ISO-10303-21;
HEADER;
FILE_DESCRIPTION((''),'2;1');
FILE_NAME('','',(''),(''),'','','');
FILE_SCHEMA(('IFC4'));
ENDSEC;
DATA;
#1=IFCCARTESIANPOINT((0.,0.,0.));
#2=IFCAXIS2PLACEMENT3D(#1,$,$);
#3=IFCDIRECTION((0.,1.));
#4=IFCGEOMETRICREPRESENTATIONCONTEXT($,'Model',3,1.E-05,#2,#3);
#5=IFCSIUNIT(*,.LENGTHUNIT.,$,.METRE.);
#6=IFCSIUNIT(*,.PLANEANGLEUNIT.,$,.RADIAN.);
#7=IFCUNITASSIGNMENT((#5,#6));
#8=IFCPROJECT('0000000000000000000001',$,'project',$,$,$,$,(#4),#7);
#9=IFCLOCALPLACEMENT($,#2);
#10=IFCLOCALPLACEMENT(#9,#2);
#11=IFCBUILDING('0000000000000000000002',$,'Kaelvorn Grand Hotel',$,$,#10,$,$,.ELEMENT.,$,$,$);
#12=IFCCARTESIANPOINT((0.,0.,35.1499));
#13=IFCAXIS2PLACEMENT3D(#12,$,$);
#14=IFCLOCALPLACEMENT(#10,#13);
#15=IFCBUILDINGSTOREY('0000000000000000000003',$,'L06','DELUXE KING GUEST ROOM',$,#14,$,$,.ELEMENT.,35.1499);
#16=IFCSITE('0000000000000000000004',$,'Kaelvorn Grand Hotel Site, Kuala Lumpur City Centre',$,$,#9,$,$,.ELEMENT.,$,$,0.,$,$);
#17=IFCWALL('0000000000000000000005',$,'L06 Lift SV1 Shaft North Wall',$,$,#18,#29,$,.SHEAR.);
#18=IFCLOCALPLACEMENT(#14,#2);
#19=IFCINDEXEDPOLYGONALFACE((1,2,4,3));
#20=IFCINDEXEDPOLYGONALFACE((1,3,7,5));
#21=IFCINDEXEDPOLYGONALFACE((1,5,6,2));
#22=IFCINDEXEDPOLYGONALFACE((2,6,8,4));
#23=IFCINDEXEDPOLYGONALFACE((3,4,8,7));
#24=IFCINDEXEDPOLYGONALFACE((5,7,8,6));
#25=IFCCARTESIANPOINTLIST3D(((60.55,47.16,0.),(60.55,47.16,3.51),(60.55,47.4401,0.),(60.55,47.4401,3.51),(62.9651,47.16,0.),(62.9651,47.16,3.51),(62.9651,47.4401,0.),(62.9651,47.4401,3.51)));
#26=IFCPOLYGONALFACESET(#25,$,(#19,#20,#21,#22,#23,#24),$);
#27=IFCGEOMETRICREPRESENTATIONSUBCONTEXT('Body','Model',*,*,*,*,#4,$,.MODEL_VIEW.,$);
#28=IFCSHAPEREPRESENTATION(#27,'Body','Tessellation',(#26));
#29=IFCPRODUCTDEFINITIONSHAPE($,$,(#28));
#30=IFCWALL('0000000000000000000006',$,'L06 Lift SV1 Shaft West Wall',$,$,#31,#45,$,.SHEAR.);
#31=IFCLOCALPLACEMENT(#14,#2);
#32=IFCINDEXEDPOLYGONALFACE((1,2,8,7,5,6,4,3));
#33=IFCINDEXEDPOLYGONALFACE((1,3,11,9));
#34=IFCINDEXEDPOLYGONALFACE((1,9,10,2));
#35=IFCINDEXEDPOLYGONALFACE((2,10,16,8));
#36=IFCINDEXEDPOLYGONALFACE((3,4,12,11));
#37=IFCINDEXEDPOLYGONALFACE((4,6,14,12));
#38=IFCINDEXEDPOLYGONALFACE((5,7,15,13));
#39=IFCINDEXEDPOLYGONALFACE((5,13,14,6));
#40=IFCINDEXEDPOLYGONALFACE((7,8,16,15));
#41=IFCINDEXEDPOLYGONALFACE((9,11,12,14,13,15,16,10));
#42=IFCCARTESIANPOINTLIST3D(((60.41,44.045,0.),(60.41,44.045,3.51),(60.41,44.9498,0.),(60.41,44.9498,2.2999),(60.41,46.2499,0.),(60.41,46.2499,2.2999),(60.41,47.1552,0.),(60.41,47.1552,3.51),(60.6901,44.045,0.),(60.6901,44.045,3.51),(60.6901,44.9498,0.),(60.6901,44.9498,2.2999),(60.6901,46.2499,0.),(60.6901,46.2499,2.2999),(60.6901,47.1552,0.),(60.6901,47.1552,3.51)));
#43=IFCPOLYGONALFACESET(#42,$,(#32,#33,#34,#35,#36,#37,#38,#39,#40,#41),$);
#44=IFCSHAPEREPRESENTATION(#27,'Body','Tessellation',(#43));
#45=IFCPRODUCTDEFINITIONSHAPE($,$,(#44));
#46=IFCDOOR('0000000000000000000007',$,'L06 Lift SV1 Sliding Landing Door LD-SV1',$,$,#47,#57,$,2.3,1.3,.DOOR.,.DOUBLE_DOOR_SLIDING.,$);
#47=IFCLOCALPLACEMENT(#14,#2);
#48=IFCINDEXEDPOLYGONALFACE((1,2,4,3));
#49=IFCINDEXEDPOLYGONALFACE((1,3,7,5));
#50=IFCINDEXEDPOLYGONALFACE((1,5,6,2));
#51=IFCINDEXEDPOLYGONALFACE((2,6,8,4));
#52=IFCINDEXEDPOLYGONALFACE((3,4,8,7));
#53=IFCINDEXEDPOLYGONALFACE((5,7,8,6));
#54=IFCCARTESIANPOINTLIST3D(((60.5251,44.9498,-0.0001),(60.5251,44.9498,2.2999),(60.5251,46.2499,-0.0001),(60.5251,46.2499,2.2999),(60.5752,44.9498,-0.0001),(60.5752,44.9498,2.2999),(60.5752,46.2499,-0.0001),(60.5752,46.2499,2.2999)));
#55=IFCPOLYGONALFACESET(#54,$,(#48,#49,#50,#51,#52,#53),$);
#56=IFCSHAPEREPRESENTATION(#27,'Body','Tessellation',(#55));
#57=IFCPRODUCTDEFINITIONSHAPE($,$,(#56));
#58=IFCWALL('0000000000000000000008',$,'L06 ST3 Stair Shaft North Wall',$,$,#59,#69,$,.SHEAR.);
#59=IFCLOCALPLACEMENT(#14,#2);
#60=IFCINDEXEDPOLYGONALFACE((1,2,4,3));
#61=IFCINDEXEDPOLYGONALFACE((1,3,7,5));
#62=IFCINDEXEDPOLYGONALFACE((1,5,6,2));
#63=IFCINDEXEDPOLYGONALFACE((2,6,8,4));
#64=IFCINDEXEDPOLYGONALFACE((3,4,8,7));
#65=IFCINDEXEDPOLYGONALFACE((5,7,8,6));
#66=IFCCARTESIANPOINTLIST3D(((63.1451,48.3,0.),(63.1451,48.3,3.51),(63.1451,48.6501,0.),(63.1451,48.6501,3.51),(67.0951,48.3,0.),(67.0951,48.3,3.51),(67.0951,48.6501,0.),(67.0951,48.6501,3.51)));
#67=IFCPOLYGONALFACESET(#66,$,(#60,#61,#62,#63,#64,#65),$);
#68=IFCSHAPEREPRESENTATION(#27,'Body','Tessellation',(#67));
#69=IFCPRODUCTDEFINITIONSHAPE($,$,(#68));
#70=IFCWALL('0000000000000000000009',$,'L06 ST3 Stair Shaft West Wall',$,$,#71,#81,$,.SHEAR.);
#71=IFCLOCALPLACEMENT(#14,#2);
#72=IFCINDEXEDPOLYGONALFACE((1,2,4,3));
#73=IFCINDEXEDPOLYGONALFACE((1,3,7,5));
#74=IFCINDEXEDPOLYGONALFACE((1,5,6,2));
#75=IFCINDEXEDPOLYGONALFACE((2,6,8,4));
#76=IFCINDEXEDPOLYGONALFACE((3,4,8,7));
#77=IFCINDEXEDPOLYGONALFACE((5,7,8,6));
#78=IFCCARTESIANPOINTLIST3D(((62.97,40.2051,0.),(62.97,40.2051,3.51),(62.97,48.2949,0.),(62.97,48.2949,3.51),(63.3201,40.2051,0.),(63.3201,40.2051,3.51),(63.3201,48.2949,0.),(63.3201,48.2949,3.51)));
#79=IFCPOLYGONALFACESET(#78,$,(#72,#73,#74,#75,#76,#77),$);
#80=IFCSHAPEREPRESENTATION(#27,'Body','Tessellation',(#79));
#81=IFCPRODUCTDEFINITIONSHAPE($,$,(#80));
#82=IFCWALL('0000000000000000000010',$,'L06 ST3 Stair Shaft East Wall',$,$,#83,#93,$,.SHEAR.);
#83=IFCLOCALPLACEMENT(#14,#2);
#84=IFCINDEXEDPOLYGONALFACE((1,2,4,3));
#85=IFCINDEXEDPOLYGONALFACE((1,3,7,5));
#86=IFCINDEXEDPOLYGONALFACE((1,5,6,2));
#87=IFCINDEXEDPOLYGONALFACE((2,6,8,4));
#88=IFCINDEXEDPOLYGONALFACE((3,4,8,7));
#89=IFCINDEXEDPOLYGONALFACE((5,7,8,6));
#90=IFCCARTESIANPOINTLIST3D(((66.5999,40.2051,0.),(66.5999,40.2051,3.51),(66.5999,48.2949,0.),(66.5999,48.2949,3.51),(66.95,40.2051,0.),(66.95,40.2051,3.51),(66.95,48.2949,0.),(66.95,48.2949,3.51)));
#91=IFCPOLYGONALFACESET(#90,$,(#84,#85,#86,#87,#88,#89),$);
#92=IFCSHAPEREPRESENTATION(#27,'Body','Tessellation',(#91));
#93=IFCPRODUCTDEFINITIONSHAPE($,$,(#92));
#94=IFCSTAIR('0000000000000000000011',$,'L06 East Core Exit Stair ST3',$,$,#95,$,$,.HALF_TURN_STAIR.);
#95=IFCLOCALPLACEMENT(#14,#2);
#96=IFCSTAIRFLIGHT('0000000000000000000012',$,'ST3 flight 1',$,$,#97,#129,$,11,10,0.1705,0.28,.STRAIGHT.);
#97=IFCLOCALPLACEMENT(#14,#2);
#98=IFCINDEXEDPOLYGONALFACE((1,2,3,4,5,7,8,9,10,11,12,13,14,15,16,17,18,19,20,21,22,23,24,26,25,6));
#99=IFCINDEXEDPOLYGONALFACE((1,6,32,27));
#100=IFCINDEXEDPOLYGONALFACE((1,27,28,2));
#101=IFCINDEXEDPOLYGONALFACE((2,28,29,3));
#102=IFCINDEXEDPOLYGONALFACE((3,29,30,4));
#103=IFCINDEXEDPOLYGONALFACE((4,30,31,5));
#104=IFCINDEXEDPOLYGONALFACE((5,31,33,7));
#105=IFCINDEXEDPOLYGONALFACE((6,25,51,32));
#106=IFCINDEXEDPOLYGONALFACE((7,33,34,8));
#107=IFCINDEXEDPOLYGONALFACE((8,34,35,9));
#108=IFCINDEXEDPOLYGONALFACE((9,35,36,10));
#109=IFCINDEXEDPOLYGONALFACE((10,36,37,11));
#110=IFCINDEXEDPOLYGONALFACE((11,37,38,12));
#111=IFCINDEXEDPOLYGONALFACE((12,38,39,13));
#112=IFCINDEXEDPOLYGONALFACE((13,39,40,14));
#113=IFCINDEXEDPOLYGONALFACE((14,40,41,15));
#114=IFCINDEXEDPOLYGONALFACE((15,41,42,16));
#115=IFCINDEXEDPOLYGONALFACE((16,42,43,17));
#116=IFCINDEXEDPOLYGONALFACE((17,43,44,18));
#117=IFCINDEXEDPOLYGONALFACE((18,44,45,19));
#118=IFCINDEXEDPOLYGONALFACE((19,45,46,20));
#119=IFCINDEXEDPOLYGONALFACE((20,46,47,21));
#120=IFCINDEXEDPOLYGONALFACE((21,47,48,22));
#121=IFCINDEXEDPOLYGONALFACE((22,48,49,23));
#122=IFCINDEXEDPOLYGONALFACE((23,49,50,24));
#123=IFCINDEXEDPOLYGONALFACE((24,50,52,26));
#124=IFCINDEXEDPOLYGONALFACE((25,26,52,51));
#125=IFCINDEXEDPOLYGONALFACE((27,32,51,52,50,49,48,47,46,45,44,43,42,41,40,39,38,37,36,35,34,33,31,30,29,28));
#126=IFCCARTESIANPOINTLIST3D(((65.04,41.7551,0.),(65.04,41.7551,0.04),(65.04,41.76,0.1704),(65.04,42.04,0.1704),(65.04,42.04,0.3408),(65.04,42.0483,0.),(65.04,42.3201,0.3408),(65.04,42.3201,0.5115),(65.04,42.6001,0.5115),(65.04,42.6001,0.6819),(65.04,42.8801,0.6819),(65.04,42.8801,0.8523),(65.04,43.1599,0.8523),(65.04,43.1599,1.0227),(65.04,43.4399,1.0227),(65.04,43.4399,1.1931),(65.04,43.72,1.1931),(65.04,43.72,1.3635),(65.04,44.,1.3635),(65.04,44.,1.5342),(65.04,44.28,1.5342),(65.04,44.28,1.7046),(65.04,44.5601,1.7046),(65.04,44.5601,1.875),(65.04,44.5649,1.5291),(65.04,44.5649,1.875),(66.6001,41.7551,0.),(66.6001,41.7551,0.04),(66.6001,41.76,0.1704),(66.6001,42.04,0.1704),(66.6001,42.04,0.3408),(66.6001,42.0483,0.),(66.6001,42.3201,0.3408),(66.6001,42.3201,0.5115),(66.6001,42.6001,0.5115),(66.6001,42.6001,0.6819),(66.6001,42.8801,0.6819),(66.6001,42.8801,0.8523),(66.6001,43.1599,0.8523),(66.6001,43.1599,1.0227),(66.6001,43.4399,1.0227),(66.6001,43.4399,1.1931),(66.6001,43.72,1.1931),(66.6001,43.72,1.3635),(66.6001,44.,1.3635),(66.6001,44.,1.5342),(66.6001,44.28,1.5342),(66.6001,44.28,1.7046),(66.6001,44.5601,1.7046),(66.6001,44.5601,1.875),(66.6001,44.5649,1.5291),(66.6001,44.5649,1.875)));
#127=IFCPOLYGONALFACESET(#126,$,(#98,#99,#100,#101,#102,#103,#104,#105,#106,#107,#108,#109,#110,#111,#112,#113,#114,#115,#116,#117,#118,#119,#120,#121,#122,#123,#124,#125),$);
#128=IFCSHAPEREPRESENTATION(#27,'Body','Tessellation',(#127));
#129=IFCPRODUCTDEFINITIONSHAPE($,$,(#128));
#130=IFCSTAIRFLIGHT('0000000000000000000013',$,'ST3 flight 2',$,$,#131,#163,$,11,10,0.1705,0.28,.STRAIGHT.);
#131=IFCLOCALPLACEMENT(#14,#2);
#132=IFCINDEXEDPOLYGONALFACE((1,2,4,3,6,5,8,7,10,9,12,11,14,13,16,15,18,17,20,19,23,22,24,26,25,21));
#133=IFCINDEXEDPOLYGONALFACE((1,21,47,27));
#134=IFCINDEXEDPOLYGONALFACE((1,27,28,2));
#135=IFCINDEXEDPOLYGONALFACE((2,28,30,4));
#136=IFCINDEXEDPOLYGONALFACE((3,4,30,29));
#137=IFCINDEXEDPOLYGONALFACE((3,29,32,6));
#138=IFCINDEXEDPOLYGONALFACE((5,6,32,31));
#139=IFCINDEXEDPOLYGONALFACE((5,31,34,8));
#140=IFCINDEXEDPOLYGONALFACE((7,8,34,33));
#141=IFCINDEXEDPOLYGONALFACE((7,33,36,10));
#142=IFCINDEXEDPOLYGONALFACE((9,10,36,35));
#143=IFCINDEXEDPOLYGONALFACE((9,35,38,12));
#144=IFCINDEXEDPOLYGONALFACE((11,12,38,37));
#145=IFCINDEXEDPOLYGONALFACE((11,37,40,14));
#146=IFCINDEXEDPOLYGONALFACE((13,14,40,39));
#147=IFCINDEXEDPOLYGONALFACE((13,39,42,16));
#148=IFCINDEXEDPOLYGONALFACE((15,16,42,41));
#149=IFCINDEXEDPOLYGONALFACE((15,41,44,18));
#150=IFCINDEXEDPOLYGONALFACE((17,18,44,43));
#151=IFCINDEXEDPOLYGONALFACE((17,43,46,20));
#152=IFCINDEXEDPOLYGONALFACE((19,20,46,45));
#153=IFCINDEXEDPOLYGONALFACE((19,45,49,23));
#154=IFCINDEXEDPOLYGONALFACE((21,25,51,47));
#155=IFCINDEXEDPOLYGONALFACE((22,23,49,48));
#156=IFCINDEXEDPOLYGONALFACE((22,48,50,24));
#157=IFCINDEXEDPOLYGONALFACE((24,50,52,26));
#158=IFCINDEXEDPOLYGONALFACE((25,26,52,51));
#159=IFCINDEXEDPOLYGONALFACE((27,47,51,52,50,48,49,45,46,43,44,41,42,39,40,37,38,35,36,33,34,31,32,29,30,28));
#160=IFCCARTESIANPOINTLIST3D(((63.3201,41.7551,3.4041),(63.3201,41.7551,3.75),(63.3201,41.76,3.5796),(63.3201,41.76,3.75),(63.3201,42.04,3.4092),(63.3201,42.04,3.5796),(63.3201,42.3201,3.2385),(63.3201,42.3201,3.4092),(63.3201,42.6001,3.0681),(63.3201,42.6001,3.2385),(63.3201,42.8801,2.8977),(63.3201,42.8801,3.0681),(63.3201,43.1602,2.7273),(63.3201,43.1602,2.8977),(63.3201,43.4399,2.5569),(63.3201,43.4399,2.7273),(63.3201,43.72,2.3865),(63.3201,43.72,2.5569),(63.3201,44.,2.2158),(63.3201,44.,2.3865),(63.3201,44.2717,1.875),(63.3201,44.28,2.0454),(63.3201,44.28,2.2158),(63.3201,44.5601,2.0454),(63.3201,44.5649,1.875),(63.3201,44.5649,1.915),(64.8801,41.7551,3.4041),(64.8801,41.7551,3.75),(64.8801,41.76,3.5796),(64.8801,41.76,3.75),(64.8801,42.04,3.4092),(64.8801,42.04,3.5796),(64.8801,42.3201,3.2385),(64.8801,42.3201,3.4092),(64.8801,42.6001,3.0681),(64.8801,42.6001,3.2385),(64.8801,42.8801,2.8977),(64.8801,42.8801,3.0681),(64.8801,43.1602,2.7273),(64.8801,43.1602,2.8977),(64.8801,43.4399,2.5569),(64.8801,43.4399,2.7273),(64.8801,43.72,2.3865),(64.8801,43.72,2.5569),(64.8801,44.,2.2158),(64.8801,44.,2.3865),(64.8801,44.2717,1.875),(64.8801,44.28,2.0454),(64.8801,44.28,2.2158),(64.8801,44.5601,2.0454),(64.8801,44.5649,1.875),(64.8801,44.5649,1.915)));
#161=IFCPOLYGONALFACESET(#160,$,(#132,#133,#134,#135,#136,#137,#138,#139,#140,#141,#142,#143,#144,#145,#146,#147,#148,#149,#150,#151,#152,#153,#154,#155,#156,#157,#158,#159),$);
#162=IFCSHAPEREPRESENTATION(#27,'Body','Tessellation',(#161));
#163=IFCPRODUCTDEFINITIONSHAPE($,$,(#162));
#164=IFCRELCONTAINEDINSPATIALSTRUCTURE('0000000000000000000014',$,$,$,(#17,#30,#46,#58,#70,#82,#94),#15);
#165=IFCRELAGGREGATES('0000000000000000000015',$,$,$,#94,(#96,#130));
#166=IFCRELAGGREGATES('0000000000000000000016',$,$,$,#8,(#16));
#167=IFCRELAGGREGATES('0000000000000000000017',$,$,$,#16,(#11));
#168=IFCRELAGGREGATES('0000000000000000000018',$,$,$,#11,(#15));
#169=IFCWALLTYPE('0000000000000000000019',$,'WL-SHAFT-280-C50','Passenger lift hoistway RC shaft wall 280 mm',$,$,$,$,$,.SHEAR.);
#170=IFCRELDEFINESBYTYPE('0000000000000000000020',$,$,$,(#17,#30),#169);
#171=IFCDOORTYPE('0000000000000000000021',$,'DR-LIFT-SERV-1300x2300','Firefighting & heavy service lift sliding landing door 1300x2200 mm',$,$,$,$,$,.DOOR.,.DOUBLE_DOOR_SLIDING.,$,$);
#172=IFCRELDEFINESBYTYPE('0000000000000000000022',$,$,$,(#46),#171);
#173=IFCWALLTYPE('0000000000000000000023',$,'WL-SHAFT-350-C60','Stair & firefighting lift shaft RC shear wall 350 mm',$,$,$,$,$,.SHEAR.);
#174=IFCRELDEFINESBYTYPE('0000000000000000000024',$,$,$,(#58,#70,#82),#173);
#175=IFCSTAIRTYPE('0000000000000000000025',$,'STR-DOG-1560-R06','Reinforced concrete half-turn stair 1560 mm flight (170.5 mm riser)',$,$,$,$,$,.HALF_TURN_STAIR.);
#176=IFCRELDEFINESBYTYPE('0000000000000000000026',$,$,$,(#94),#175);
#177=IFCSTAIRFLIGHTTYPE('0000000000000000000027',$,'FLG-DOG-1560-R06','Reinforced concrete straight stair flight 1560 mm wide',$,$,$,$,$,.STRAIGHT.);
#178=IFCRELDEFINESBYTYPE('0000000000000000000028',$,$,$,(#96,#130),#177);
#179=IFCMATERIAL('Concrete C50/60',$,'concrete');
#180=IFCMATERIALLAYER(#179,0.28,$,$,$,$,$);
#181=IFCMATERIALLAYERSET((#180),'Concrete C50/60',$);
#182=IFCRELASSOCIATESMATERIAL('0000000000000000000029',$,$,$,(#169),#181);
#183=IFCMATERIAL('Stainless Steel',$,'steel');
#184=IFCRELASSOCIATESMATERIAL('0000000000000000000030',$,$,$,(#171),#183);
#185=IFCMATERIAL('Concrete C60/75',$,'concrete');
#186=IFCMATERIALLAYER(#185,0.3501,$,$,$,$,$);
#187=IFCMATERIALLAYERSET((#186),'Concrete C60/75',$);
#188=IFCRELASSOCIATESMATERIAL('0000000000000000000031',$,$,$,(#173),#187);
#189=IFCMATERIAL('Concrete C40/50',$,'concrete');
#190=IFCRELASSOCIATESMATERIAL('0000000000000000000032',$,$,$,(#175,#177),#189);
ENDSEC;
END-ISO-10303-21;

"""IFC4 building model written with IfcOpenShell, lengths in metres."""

from ifc_helpers import new_model, si_unit, direction, frame, frame_2d, origin, place, context, subcontext, project, spatial, polyline, rectangle, outline, extrude, material, layer, layer_set, type_object, element, fill, aggregate, save


model = new_model("IFC4")

# Units and contexts
model_context = context("Model", 3, precision=1e-05, world=origin(), true_north=direction((0.0, 1.0)))
body_context = subcontext(model_context, "Body", "Model", "MODEL_VIEW")
ifc_project = project(units=[si_unit("LENGTHUNIT", "METRE"), si_unit("PLANEANGLEUNIT", "RADIAN")], contexts=[model_context])

# Site, building, storey
site_placement = place(None, origin())
site = spatial("IfcSite", under=ifc_project, at=site_placement, Name="Kaelvorn Grand Hotel Site, Kuala Lumpur City Centre", CompositionType="ELEMENT", RefElevation=0.0)
building_placement = place(site_placement, origin())
building = spatial("IfcBuilding", under=site, at=building_placement, Name="Kaelvorn Grand Hotel", CompositionType="ELEMENT")
storey_placement = place(building_placement, frame((0.0, 0.0, 35.1499)))
storey = spatial("IfcBuildingStorey", under=building, at=storey_placement, Name="L06", Description="DELUXE KING GUEST ROOM", CompositionType="ELEMENT", Elevation=35.1499)

# Shared definitions
ifc_material_1 = material(Name="Concrete C60/75", Category="concrete")

# Wall
ifc_material_2 = material(Name="Concrete C40/50", Category="concrete")
ifc_material_3 = material(Name="Concrete C50/60", Category="concrete")
ifc_layer_1 = layer(ifc_material_3, 0.28)
ifc_layer_set_1 = layer_set([ifc_layer_1], Name="Concrete C50/60")
wall_type_1 = type_object("IfcWallType", Name="WL-SHAFT-280-C50", Description="Passenger lift hoistway RC shaft wall 280 mm", PredefinedType="SHEAR", material=ifc_layer_set_1)
for number, where, z_axis, x_axis, name in (
    (1, (60.55, 47.3, 0.0), (0.0, 0.0, 1.0), (1.0, 0.0, 0.0), "L06 Lift SV1 Shaft North Wall"),
):
    element("IfcWall", number, at=place(storey_placement, frame(where, z_axis=z_axis, x_axis=x_axis)), inside=storey, type_object=wall_type_1, Name=name, PredefinedType="SHEAR", context=body_context, shape_type="SweptSolid", body=[
        extrude(rectangle(XDim=2.415, YDim=0.28, at=frame_2d((1.2075, 0.0))), origin(), (0.0, 0.0, 1.0), 3.51),
    ])

# Wall, opening, door
wall_1_placement = place(storey_placement, frame((60.55, 44.0449, 0.0), z_axis=(0.0, 0.0, 1.0), x_axis=(0.0, 1.0, 0.0)))
wall_1 = element("IfcWall", 2, at=wall_1_placement, inside=storey, type_object=wall_type_1, Name="L06 Lift SV1 Shaft West Wall", PredefinedType="SHEAR", context=body_context, shape_type="SweptSolid", body=[
    extrude(rectangle(XDim=3.1101, YDim=0.28, at=frame_2d((1.5552, 0.0))), origin(), (0.0, 0.0, 1.0), 3.51),
])
opening_1_placement = place(wall_1_placement, frame((0.905, 0.0, 0.0)))
opening_1 = element("IfcOpeningElement", 3, at=opening_1_placement, cuts=wall_1, PredefinedType="OPENING", context=body_context, shape_type="SweptSolid", body=[
    extrude(rectangle(XDim=1.3, YDim=2.3, at=frame_2d((0.6499, 1.1499))), frame((0.0, 0.1499, 0.0), z_axis=(0.0, -1.0, 0.0), x_axis=(1.0, 0.0, 0.0)), (0.0, 0.0, 1.0), 0.3),
])
ifc_material_4 = material(Name="Stainless Steel", Category="steel")
door_type_1 = type_object("IfcDoorType", Name="DR-LIFT-SERV-1300x2300", Description="Firefighting & heavy service lift sliding landing door 1300x2200 mm", OperationType="DOUBLE_DOOR_SLIDING", PredefinedType="DOOR", material=ifc_material_4)
door_1_placement = place(opening_1_placement, origin())
door_1 = element("IfcDoor", 4, at=door_1_placement, inside=storey, type_object=door_type_1, Name="L06 Lift SV1 Sliding Landing Door LD-SV1", OperationType="DOUBLE_DOOR_SLIDING", OverallHeight=2.3, OverallWidth=1.3, PredefinedType="DOOR", context=body_context, shape_type="SweptSolid", body=[
    extrude(rectangle(XDim=1.3, YDim=2.3, at=frame_2d((0.6499, 1.1499))), frame((0.0, 0.0249, 0.0), z_axis=(0.0, -1.0, 0.0), x_axis=(1.0, 0.0, 0.0)), (0.0, 0.0, 1.0), 0.05),
])
fill(opening_1, door_1)
ifc_layer_2 = layer(ifc_material_1, 0.3501)
ifc_layer_set_2 = layer_set([ifc_layer_2], Name="Concrete C60/75")
wall_type_2 = type_object("IfcWallType", Name="WL-SHAFT-350-C60", Description="Stair & firefighting lift shaft RC shear wall 350 mm", PredefinedType="SHEAR", material=ifc_layer_set_2)

# Walls
wall_2_placement = place(storey_placement, frame((63.145, 48.4751, 0.0), z_axis=(0.0, 0.0, 1.0), x_axis=(1.0, 0.0, 0.0)))
element("IfcWall", 5, at=wall_2_placement, inside=storey, type_object=wall_type_2, Name="L06 ST3 Stair Shaft North Wall", PredefinedType="SHEAR", context=body_context, shape_type="SweptSolid", body=[
    extrude(rectangle(XDim=3.95, YDim=0.3501, at=frame_2d((1.9751, 0.0))), origin(), (0.0, 0.0, 1.0), 3.51),
])
for number, where, z_axis, x_axis, name in (
    (6, (63.145, 40.2051, 0.0), (0.0, 0.0, 1.0), (0.0, 1.0, 0.0), "L06 ST3 Stair Shaft West Wall"),
    (7, (66.7749, 40.2051, 0.0), (0.0, 0.0, 1.0), (0.0, 1.0, 0.0), "L06 ST3 Stair Shaft East Wall"),
):
    element("IfcWall", number, at=place(storey_placement, frame(where, z_axis=z_axis, x_axis=x_axis)), inside=storey, type_object=wall_type_2, Name=name, PredefinedType="SHEAR", context=body_context, shape_type="SweptSolid", body=[
        extrude(rectangle(XDim=8.0898, YDim=0.3501, at=frame_2d((4.0449, 0.0))), origin(), (0.0, 0.0, 1.0), 3.51),
    ])

# Stair, stair flights
stair_type = type_object("IfcStairType", Name="STR-DOG-1560-R06", Description="Reinforced concrete half-turn stair 1560 mm flight (170.5 mm riser)", PredefinedType="HALF_TURN_STAIR", material=ifc_material_2)
stair_placement = place(storey_placement, origin())
stair = element("IfcStair", 8, at=stair_placement, inside=storey, type_object=stair_type, Name="L06 East Core Exit Stair ST3", PredefinedType="HALF_TURN_STAIR")
stair_flight_type = type_object("IfcStairFlightType", Name="FLG-DOG-1560-R06", Description="Reinforced concrete straight stair flight 1560 mm wide", PredefinedType="STRAIGHT", material=ifc_material_2)
stair_flight_1_placement = place(storey_placement, frame((65.8201, 41.76, 0.0), z_axis=(0.0, 0.0, 1.0), x_axis=(0.0, 1.0, 0.0)))
stair_flight_1 = element("IfcStairFlight", 9, at=stair_flight_1_placement, type_object=stair_flight_type, Name="ST3 flight 1", NumberOfRisers=11, NumberOfTreads=10, PredefinedType="STRAIGHT", RiserHeight=0.1705, TreadLength=0.28, context=body_context, shape_type="SweptSolid", body=[
    extrude(outline(polyline([(-0.0049, 0.0), (-0.0049, 0.04), (0.0, 0.1704), (0.28, 0.1704), (0.28, 0.3408), (0.5601, 0.3408), (0.5601, 0.5115), (0.8401, 0.5115), (0.8401, 0.6819), (1.1201, 0.6819), (1.1201, 0.8523), (1.3999, 0.8523), (1.3999, 1.0227), (1.6799, 1.0227), (1.6799, 1.1931), (1.96, 1.1931), (1.96, 1.3635), (2.24, 1.3635), (2.24, 1.5342), (2.52, 1.5342), (2.52, 1.7046), (2.8, 1.7046), (2.8, 1.875), (2.8049, 1.875), (2.8049, 1.5291), (0.2883, 0.0), (-0.0049, 0.0)])), frame((0.0, 0.78, 0.0), z_axis=(0.0, -1.0, 0.0), x_axis=(1.0, 0.0, 0.0)), (0.0, 0.0, 1.0), 1.5601),
])
stair_flight_2_placement = place(storey_placement, frame((64.1001, 44.5601, 1.875), z_axis=(0.0, 0.0, 1.0), x_axis=(0.0, -1.0, 0.0)))
stair_flight_2 = element("IfcStairFlight", 10, at=stair_flight_2_placement, type_object=stair_flight_type, Name="ST3 flight 2", NumberOfRisers=11, NumberOfTreads=10, PredefinedType="STRAIGHT", RiserHeight=0.1705, TreadLength=0.28, context=body_context, shape_type="SweptSolid", body=[
    extrude(outline(polyline([(-0.0049, 0.0), (-0.0049, 0.04), (0.0, 0.1704), (0.28, 0.1704), (0.28, 0.3408), (0.5601, 0.3408), (0.5601, 0.5115), (0.8401, 0.5115), (0.8401, 0.6819), (1.1201, 0.6819), (1.1201, 0.8523), (1.3999, 0.8523), (1.3999, 1.0227), (1.6799, 1.0227), (1.6799, 1.1931), (1.96, 1.1931), (1.96, 1.3635), (2.24, 1.3635), (2.24, 1.5342), (2.52, 1.5342), (2.52, 1.7046), (2.8, 1.7046), (2.8, 1.875), (2.8049, 1.875), (2.8049, 1.5291), (0.2883, 0.0), (-0.0049, 0.0)])), frame((0.0, 0.78, 0.0), z_axis=(0.0, -1.0, 0.0), x_axis=(1.0, 0.0, 0.0)), (0.0, 0.0, 1.0), 1.5601),
])
aggregate(stair, [stair_flight_1, stair_flight_2])

save(model, "model.ifc")
